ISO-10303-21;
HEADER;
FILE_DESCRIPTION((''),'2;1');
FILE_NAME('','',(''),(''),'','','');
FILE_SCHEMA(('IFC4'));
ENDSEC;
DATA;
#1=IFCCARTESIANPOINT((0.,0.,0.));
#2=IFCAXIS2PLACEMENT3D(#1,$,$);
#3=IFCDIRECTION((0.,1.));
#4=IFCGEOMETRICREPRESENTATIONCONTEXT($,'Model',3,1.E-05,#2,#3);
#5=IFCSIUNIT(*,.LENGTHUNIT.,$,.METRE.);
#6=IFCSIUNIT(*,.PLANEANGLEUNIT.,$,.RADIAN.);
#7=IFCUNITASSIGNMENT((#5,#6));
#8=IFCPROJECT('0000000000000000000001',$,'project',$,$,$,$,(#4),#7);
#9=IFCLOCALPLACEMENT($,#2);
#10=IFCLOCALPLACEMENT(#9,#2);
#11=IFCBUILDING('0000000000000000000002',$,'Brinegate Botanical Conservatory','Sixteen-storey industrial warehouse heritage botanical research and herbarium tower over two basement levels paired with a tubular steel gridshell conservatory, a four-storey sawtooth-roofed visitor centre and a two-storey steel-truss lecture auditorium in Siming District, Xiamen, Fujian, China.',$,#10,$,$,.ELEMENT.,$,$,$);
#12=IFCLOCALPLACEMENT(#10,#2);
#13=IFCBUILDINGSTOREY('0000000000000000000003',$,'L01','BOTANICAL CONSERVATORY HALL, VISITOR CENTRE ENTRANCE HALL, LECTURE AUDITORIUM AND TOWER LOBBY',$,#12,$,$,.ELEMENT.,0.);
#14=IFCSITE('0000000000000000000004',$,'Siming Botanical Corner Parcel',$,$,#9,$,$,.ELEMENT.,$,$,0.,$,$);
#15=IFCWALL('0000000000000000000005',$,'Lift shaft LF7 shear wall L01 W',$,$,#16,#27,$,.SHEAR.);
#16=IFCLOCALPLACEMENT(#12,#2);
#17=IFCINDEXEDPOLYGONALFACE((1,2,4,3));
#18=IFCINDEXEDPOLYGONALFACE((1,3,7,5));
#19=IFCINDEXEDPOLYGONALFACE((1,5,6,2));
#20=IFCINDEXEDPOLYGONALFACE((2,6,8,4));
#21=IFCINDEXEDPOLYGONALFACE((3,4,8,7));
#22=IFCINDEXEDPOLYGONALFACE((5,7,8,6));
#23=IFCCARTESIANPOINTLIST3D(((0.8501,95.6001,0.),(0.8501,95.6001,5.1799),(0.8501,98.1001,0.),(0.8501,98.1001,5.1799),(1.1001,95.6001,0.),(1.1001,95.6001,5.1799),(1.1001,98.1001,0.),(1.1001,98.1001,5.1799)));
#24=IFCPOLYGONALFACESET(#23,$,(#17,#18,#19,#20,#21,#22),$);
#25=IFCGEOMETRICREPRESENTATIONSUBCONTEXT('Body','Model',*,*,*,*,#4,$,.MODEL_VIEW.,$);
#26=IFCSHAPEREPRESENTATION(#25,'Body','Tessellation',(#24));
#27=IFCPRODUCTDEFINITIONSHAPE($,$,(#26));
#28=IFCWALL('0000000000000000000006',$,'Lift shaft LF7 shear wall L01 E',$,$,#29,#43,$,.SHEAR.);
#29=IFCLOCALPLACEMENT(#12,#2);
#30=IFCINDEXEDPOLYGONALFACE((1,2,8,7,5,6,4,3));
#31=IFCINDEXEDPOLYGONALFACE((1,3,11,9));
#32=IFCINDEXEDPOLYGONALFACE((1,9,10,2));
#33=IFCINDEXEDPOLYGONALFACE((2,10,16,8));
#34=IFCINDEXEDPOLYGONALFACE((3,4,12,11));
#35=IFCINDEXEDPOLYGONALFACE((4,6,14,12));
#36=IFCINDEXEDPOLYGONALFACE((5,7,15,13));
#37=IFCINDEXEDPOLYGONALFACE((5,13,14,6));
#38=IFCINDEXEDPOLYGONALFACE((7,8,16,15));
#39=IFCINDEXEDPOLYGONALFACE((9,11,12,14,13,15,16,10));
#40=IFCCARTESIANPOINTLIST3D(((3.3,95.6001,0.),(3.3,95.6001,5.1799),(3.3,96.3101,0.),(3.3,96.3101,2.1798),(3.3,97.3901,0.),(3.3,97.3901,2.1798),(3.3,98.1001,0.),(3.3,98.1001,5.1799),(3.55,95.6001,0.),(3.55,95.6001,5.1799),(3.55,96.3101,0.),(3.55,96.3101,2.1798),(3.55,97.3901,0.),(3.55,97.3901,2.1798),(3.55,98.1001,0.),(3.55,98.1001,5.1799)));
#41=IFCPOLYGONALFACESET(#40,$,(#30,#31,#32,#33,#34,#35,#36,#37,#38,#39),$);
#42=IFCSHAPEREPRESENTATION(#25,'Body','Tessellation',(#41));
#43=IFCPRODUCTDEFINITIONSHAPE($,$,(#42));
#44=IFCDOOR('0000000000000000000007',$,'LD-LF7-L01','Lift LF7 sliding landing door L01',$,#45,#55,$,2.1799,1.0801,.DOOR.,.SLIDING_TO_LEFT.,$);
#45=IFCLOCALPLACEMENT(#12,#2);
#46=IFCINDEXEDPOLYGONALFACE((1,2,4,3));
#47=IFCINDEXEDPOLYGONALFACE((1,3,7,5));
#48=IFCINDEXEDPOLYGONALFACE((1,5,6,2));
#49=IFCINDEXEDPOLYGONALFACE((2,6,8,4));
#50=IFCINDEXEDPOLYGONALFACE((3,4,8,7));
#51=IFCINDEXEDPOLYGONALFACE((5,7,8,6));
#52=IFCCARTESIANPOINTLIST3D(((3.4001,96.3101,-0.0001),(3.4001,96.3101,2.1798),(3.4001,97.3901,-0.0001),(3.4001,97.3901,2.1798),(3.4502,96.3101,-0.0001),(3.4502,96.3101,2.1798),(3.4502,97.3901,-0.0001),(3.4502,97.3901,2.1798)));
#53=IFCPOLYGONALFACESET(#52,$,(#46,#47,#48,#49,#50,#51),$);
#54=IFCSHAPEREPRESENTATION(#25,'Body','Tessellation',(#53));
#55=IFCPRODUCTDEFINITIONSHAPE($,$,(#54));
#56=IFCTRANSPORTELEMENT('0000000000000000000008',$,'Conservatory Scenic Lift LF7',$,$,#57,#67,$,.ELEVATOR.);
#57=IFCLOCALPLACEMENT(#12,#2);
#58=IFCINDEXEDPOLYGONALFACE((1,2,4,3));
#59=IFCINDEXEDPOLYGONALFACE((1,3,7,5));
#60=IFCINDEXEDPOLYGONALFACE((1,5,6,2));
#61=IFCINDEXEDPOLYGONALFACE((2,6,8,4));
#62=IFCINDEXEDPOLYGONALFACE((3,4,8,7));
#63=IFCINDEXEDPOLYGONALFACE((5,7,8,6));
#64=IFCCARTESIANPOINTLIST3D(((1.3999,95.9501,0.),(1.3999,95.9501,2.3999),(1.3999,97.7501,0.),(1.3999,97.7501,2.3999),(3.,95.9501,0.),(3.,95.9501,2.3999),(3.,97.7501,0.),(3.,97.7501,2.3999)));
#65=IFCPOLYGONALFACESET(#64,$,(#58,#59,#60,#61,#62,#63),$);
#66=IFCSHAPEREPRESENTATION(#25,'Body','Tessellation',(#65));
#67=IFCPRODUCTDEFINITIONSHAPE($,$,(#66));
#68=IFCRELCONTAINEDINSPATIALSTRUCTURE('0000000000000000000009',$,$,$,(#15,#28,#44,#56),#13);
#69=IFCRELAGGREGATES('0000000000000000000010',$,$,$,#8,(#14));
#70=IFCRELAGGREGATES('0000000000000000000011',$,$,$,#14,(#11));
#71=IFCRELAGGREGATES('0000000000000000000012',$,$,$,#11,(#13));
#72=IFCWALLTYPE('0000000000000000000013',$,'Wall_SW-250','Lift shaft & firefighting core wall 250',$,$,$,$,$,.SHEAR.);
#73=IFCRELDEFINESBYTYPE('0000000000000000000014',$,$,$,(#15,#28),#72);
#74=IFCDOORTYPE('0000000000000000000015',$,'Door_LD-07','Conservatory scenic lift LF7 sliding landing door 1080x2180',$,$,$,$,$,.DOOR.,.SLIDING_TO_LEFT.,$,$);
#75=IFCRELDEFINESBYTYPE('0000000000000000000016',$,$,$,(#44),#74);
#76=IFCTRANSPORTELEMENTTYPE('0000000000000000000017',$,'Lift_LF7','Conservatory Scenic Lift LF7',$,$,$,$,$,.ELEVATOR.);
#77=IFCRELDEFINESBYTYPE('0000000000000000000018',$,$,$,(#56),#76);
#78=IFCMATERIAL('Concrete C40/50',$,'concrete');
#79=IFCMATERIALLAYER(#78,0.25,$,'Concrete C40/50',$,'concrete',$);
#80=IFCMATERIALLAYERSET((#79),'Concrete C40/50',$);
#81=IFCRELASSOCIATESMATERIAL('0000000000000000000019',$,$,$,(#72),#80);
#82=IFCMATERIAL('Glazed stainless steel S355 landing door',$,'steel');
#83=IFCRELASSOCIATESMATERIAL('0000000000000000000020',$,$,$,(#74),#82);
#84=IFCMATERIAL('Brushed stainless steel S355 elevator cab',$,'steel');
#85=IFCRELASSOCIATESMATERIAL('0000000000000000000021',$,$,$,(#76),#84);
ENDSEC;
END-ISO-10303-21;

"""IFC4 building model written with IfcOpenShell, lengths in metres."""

from ifc_helpers import new_model, si_unit, direction, frame, frame_2d, origin, origin_2d, place, context, subcontext, project, spatial, rectangle, extrude, material, layer, layer_set, type_object, element, fill, save


model = new_model("IFC4")

# Units and contexts
model_context = context("Model", 3, precision=1e-05, world=origin(), true_north=direction((0.0, 1.0)))
body_context = subcontext(model_context, "Body", "Model", "MODEL_VIEW")
ifc_project = project(units=[si_unit("LENGTHUNIT", "METRE"), si_unit("PLANEANGLEUNIT", "RADIAN")], contexts=[model_context])

# Site, building, storey
site_placement = place(None, origin())
site = spatial("IfcSite", under=ifc_project, at=site_placement, Name="Siming Botanical Corner Parcel", CompositionType="ELEMENT", RefElevation=0.0)
building_placement = place(site_placement, origin())
building = spatial("IfcBuilding", under=site, at=building_placement, Name="Brinegate Botanical Conservatory", Description="Sixteen-storey industrial warehouse heritage botanical research and herbarium tower over two basement levels paired with a tubular steel gridshell conservatory, a four-storey sawtooth-roofed visitor centre and a two-storey steel-truss lecture auditorium in Siming District, Xiamen, Fujian, China.", CompositionType="ELEMENT")
storey_placement = place(building_placement, origin())
storey = spatial("IfcBuildingStorey", under=building, at=storey_placement, Name="L01", Description="BOTANICAL CONSERVATORY HALL, VISITOR CENTRE ENTRANCE HALL, LECTURE AUDITORIUM AND TOWER LOBBY", CompositionType="ELEMENT", Elevation=0.0)

# Shared definitions
ifc_material_1 = material(Name="Concrete C40/50", Category="concrete")

# Wall
ifc_layer_1 = layer(ifc_material_1, 0.25, Name="Concrete C40/50", Category="concrete")
ifc_layer_set_1 = layer_set([ifc_layer_1], Name="Concrete C40/50")
wall_type_1 = type_object("IfcWallType", Name="Wall_SW-250", Description="Lift shaft & firefighting core wall 250", PredefinedType="SHEAR", material=ifc_layer_set_1)
wall_1_placement = place(storey_placement, frame((0.9751, 95.6001, 0.0), z_axis=(0.0, 0.0, 1.0), x_axis=(0.0, 1.0, 0.0)))
element("IfcWall", 1, at=wall_1_placement, inside=storey, type_object=wall_type_1, Name="Lift shaft LF7 shear wall L01 W", PredefinedType="SHEAR", context=body_context, shape_type="SweptSolid", body=[
    extrude(rectangle(XDim=2.5, YDim=0.25, at=frame_2d((1.25, 0.0))), origin(), (0.0, 0.0, 1.0), 5.1799),
])

# Wall, opening, door
wall_2_placement = place(storey_placement, frame((3.425, 95.6001, 0.0), z_axis=(0.0, 0.0, 1.0), x_axis=(0.0, 1.0, 0.0)))
wall_2 = element("IfcWall", 2, at=wall_2_placement, inside=storey, type_object=wall_type_1, Name="Lift shaft LF7 shear wall L01 E", PredefinedType="SHEAR", context=body_context, shape_type="SweptSolid", body=[
    extrude(rectangle(XDim=2.5, YDim=0.25, at=frame_2d((1.25, 0.0))), origin(), (0.0, 0.0, 1.0), 5.1799),
])
opening_1_placement = place(wall_2_placement, frame((0.71, 0.0, 0.0)))
opening_1 = element("IfcOpeningElement", 3, at=opening_1_placement, cuts=wall_2, PredefinedType="OPENING", context=body_context, shape_type="SweptSolid", body=[
    extrude(rectangle(XDim=1.0801, YDim=2.1799, at=frame_2d((0.54, 1.0898))), frame((0.0, 0.135, 0.0), z_axis=(0.0, -1.0, 0.0), x_axis=(1.0, 0.0, 0.0)), (0.0, 0.0, 1.0), 0.27),
])
ifc_material_2 = material(Name="Glazed stainless steel S355 landing door", Category="steel")
door_type = type_object("IfcDoorType", Name="Door_LD-07", Description="Conservatory scenic lift LF7 sliding landing door 1080x2180", OperationType="SLIDING_TO_LEFT", PredefinedType="DOOR", material=ifc_material_2)
door_placement = place(opening_1_placement, origin())
door = element("IfcDoor", 4, at=door_placement, inside=storey, type_object=door_type, Name="LD-LF7-L01", Description="Lift LF7 sliding landing door L01", OperationType="SLIDING_TO_LEFT", OverallHeight=2.1799, OverallWidth=1.0801, PredefinedType="DOOR", context=body_context, shape_type="SweptSolid", body=[
    extrude(rectangle(XDim=1.0801, YDim=2.1799, at=frame_2d((0.54, 1.0898))), frame((0.0, 0.0249, 0.0), z_axis=(0.0, -1.0, 0.0), x_axis=(1.0, 0.0, 0.0)), (0.0, 0.0, 1.0), 0.05),
])
fill(opening_1, door)

# Transport element
ifc_material_3 = material(Name="Brushed stainless steel S355 elevator cab", Category="steel")
transport_element_type = type_object("IfcTransportElementType", Name="Lift_LF7", Description="Conservatory Scenic Lift LF7", PredefinedType="ELEVATOR", material=ifc_material_3)
transport_element_placement = place(storey_placement, frame((2.2, 96.8501, 0.0), z_axis=(0.0, 0.0, 1.0), x_axis=(1.0, 0.0, 0.0)))
element("IfcTransportElement", 5, at=transport_element_placement, inside=storey, type_object=transport_element_type, Name="Conservatory Scenic Lift LF7", PredefinedType="ELEVATOR", context=body_context, shape_type="SweptSolid", body=[
    extrude(rectangle(XDim=1.6001, YDim=1.8, at=origin_2d()), origin(), (0.0, 0.0, 1.0), 2.3999),
])

save(model, "model.ifc")
